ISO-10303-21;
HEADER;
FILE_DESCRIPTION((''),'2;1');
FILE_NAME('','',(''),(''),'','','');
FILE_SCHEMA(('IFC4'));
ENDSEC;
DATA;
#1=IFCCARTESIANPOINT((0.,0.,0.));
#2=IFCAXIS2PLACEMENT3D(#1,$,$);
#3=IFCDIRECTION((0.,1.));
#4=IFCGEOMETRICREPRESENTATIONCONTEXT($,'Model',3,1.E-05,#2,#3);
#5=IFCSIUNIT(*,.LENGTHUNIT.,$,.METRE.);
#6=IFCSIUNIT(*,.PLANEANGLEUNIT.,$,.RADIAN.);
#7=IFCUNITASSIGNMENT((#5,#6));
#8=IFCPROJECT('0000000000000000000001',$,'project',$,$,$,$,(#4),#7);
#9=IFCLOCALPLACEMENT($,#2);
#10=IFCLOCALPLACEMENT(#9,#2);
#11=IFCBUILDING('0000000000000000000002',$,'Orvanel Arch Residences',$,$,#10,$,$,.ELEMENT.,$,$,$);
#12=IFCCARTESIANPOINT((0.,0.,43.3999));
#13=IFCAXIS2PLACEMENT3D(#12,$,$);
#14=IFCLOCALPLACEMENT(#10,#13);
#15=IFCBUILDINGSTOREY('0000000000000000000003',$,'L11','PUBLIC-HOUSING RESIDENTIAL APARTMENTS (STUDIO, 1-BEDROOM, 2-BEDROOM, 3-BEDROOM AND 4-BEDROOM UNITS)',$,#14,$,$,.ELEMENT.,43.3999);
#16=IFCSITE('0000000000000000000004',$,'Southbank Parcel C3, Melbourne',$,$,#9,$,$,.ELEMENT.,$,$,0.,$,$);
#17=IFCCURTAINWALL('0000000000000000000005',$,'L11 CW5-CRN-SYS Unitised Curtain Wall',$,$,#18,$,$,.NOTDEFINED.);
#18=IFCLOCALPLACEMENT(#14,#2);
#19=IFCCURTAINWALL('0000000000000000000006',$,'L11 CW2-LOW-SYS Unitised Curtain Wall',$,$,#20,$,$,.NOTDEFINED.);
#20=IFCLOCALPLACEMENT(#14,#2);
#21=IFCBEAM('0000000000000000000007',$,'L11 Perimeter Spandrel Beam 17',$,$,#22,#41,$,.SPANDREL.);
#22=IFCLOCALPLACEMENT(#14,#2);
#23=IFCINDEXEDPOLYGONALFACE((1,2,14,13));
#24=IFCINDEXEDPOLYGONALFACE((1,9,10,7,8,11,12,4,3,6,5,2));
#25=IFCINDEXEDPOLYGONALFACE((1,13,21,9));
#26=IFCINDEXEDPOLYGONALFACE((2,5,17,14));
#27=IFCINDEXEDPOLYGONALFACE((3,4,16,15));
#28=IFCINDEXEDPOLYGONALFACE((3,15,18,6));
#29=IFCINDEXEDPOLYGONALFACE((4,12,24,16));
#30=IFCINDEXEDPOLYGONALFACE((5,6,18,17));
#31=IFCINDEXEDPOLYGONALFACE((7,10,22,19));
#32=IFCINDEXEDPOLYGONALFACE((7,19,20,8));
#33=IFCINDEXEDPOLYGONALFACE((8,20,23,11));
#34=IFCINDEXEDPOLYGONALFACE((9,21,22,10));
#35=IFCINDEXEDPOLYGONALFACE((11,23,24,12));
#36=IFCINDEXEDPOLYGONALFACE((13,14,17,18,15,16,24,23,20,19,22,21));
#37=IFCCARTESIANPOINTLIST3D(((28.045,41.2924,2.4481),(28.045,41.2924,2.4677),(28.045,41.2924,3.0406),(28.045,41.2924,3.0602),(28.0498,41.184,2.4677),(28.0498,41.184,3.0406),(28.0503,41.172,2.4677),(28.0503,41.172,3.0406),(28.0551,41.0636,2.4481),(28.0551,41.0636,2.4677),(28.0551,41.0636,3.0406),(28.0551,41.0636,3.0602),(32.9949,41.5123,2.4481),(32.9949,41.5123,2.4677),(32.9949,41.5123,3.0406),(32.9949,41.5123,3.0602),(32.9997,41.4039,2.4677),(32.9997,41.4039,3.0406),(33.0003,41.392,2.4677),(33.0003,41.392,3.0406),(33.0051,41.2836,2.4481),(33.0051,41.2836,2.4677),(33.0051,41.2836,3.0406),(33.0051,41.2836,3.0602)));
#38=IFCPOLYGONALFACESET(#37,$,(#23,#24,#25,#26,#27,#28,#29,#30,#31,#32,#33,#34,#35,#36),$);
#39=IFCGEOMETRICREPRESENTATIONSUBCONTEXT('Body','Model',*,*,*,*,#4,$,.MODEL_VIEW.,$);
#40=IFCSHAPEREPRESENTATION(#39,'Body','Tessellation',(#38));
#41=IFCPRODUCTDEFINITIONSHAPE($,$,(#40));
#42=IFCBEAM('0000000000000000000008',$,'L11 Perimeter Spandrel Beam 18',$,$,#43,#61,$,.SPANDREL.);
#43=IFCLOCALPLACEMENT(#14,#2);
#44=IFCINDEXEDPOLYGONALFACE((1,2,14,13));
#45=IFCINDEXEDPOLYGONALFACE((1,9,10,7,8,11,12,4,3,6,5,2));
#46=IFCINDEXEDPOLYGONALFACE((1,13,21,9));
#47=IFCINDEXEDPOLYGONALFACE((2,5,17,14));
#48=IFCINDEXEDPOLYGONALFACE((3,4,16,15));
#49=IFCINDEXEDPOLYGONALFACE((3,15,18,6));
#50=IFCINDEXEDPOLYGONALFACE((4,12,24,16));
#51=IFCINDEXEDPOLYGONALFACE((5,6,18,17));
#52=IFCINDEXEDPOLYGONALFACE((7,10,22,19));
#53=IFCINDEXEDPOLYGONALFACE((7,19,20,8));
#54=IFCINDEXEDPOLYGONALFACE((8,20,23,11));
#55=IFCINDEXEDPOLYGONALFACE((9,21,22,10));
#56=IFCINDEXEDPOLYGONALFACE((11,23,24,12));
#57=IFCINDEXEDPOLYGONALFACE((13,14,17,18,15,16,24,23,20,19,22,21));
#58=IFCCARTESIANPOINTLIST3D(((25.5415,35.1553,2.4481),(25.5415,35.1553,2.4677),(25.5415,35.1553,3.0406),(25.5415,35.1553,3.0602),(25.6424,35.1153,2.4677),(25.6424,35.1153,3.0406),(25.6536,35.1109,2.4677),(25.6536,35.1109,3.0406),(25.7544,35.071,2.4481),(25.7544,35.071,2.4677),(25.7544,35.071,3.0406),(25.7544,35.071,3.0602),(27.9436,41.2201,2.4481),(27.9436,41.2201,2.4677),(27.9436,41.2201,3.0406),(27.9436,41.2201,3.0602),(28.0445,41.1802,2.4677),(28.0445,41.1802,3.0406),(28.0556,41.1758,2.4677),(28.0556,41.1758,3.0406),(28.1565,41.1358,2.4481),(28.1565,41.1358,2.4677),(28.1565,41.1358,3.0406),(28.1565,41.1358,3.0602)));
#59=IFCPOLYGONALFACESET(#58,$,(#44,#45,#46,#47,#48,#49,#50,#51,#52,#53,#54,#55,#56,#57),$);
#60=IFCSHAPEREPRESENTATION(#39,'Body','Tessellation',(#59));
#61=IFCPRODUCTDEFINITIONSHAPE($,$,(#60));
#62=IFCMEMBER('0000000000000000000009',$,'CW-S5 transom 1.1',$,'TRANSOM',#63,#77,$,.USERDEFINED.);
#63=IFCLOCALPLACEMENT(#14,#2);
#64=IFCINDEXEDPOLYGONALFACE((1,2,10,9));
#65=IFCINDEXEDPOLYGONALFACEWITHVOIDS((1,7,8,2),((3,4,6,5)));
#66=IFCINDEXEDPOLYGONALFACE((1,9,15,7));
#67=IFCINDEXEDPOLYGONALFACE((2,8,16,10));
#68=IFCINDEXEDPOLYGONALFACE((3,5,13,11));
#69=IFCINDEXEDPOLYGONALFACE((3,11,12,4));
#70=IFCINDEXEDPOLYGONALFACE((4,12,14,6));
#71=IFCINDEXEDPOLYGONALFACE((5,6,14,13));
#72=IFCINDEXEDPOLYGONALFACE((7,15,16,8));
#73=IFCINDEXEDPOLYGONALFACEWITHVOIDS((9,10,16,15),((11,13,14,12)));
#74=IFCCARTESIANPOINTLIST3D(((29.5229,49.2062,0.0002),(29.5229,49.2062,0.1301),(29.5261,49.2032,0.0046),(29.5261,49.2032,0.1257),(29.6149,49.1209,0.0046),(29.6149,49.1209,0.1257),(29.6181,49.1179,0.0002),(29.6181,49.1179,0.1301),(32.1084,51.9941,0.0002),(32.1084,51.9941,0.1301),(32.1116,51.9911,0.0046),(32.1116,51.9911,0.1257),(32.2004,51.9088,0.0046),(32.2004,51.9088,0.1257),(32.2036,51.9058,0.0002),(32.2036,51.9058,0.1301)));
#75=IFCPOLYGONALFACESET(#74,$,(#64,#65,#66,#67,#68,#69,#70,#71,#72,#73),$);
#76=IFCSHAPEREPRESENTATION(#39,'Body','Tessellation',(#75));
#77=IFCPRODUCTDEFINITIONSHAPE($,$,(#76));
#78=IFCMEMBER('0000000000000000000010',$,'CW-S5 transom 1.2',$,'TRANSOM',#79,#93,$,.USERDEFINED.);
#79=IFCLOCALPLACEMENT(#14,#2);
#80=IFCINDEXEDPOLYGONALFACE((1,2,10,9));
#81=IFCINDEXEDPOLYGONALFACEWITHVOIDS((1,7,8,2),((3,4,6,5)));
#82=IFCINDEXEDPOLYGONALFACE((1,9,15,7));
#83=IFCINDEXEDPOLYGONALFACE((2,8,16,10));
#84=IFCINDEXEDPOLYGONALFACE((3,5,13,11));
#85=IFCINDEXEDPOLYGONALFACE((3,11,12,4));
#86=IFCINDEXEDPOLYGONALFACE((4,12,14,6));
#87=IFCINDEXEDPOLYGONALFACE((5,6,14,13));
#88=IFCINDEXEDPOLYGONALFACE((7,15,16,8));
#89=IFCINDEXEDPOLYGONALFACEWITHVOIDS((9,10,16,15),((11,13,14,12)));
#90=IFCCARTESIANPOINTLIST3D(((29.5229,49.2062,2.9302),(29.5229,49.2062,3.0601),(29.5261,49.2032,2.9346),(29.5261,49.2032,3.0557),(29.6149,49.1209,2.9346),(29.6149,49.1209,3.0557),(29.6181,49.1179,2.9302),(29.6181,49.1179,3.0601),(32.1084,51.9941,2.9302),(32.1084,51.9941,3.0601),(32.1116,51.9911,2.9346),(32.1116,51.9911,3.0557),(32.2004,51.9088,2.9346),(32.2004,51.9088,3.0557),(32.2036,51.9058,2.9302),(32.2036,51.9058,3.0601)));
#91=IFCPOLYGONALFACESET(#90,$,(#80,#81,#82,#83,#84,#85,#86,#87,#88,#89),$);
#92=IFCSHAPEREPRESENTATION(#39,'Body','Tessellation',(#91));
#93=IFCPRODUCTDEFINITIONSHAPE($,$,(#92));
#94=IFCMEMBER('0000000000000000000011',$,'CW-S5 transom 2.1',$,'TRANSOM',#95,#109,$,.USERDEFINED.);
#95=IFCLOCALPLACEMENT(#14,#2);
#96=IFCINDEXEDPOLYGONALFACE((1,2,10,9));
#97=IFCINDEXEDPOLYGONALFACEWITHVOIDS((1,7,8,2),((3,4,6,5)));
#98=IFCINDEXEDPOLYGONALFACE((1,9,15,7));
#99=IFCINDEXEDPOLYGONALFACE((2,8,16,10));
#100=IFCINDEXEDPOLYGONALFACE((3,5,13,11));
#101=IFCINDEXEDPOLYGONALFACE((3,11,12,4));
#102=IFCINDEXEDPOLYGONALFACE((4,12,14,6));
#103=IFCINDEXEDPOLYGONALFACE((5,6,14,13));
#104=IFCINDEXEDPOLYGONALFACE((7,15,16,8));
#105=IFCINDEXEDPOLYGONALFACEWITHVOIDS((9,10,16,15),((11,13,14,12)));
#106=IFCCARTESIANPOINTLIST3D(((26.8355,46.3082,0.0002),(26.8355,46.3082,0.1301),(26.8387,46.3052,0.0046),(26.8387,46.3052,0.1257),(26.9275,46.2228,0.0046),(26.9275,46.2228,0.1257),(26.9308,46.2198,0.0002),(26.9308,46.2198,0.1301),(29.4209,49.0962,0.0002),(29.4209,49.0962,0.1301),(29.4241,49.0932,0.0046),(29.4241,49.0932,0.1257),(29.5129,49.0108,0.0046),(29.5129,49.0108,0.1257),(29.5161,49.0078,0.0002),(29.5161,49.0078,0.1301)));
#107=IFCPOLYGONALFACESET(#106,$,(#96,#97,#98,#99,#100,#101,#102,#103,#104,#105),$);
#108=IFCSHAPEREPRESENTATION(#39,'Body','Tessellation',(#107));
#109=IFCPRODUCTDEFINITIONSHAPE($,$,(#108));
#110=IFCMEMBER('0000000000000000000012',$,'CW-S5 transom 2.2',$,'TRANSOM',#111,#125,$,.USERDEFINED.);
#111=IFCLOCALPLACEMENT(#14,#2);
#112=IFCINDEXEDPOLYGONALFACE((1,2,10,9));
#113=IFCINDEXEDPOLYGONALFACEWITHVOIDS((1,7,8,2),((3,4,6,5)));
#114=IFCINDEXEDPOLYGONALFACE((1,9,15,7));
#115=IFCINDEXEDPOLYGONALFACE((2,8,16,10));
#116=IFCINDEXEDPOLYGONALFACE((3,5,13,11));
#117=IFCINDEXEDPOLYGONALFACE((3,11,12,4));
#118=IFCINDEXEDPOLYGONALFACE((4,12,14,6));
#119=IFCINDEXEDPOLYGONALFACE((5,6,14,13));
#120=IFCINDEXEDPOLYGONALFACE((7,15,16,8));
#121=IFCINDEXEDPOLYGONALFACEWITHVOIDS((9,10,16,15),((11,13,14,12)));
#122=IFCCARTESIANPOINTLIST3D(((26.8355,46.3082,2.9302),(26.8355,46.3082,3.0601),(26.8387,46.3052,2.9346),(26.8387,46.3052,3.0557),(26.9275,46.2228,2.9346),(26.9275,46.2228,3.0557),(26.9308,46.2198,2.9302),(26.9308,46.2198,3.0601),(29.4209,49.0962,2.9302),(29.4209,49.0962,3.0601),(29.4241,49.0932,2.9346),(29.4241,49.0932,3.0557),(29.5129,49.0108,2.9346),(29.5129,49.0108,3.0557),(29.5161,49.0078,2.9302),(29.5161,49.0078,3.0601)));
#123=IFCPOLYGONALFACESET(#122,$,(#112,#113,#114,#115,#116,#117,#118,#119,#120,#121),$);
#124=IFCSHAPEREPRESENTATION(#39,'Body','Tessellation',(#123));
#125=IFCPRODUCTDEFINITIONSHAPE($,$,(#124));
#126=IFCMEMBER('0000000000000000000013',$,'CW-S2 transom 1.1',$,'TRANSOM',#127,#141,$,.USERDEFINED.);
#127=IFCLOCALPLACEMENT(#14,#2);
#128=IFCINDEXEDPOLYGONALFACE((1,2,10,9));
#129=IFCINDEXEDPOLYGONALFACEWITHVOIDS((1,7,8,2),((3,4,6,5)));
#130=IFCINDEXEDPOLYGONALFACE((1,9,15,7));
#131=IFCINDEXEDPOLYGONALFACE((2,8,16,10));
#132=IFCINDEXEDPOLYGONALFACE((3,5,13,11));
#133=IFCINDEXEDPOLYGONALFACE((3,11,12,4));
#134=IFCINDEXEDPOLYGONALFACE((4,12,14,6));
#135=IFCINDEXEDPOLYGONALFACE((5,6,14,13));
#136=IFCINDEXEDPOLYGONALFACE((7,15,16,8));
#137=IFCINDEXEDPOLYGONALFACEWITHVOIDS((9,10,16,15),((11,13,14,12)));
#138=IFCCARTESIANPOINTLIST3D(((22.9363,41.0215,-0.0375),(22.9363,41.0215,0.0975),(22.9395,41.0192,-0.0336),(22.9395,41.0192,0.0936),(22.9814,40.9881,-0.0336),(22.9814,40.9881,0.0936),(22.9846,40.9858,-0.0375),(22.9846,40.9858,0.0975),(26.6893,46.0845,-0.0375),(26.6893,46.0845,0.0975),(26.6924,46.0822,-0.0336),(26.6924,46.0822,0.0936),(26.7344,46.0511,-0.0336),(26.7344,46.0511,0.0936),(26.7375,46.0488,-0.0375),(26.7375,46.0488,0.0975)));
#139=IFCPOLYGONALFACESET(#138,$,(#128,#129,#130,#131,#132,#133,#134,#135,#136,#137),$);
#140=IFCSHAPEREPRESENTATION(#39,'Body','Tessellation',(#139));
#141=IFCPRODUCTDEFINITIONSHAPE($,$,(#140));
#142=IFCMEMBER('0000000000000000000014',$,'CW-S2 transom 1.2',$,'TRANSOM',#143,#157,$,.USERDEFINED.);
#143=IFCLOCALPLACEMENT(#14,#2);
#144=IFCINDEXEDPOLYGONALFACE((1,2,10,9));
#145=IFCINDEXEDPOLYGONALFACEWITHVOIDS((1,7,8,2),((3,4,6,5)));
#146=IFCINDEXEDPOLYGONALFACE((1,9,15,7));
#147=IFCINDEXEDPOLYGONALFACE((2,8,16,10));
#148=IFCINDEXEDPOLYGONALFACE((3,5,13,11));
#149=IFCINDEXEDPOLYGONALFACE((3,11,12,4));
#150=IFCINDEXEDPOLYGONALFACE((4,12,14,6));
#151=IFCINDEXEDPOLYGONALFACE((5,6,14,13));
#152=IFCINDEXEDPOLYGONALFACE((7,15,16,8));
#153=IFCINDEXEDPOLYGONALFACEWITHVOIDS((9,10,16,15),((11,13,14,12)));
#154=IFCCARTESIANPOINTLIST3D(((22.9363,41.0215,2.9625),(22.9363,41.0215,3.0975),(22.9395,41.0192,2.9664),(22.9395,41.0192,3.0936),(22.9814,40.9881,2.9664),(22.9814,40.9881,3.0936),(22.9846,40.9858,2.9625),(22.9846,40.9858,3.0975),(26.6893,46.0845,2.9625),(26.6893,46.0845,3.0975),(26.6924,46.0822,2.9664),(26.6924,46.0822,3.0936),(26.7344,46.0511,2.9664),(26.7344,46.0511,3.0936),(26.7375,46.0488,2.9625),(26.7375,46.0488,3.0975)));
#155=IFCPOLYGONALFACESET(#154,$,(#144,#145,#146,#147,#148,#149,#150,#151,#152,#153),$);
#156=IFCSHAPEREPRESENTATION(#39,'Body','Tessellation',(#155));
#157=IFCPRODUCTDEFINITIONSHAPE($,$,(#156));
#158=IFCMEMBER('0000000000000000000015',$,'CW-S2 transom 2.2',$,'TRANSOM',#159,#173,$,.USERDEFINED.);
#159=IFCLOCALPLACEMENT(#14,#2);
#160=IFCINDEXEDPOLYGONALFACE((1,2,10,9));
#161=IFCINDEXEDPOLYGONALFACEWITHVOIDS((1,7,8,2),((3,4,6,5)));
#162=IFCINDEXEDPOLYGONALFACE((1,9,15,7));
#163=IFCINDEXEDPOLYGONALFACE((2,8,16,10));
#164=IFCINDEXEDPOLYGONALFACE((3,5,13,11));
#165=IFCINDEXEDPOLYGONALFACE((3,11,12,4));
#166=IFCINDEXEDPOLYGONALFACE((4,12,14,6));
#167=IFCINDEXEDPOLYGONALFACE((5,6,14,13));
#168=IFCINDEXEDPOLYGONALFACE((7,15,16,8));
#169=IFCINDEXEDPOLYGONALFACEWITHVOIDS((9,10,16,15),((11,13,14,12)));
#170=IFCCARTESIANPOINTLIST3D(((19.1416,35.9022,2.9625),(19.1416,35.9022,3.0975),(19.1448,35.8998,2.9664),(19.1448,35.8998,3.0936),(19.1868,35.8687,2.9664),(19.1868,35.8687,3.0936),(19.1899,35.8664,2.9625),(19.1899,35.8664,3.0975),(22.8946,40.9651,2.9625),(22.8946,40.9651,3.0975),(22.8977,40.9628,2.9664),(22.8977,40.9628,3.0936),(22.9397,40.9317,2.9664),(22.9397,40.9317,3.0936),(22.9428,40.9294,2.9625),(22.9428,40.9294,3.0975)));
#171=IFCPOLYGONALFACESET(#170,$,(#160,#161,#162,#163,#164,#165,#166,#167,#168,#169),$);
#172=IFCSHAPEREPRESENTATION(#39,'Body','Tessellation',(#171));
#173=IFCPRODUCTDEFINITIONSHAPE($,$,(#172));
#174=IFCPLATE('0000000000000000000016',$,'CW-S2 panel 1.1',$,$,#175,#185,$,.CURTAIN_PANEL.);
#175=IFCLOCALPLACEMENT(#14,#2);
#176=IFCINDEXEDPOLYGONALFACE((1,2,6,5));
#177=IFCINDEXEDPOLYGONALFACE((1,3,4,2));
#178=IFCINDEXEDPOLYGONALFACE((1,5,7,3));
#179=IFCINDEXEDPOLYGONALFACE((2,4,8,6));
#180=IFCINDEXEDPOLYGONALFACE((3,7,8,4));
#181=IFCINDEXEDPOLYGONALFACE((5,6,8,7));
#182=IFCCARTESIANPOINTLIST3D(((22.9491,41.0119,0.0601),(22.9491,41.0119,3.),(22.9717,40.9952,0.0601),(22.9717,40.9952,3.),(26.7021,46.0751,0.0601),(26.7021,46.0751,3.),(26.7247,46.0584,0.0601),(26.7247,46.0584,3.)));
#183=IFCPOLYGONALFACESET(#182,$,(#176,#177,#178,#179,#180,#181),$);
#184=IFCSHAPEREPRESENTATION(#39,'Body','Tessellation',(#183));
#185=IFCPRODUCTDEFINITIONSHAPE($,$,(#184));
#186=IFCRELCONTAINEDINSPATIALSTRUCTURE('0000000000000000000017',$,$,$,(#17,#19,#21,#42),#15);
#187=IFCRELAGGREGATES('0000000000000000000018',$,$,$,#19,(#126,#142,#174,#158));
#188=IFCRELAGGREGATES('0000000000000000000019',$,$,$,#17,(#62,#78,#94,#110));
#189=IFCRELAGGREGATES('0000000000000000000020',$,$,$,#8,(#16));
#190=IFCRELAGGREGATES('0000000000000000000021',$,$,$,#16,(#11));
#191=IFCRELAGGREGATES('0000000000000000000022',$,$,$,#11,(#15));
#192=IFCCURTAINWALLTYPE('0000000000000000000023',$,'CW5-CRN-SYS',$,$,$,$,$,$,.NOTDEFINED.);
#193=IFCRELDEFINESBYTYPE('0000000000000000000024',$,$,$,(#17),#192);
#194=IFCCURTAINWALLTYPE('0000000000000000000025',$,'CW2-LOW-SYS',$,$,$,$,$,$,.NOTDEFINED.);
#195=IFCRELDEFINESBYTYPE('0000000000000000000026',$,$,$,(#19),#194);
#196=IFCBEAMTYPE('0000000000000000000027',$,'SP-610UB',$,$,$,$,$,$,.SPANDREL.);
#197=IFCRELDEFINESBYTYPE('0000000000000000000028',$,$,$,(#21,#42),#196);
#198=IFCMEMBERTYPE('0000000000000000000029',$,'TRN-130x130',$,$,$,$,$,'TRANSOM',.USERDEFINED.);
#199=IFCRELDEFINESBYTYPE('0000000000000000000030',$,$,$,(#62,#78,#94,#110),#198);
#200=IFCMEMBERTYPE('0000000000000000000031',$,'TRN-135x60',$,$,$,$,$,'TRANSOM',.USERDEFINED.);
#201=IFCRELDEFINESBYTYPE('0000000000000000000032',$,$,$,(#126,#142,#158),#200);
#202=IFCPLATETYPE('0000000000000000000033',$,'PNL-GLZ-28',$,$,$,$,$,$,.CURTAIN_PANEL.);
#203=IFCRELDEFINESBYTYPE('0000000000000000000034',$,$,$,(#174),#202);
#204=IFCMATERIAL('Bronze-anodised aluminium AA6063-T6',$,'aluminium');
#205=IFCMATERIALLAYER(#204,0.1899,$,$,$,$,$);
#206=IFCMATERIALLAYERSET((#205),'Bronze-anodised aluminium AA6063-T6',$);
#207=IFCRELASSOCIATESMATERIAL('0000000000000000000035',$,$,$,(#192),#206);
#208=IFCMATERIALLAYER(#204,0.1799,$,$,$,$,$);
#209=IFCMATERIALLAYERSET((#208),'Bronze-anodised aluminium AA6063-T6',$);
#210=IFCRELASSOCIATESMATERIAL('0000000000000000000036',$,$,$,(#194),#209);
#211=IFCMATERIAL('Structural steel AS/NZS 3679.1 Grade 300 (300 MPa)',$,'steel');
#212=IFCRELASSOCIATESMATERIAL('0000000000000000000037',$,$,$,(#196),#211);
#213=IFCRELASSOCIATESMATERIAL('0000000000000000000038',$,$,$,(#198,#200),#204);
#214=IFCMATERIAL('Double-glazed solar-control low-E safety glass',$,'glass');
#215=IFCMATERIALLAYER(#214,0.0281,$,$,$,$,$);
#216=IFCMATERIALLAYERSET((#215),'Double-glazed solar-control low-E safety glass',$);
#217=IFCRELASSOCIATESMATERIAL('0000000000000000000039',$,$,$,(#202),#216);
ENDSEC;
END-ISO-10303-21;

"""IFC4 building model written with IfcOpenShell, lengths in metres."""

from ifc_helpers import new_model, si_unit, direction, frame, origin, origin_2d, place, context, subcontext, project, spatial, rectangle, hollow_rectangle, i_section, extrude, material, layer, layer_set, material_profile, profile_set, type_object, element, aggregate, save


model = new_model("IFC4")

# Units and contexts
model_context = context("Model", 3, precision=1e-05, world=origin(), true_north=direction((0.0, 1.0)))
body_context = subcontext(model_context, "Body", "Model", "MODEL_VIEW")
ifc_project = project(units=[si_unit("LENGTHUNIT", "METRE"), si_unit("PLANEANGLEUNIT", "RADIAN")], contexts=[model_context])

# Site, building, storey
site_placement = place(None, origin())
site = spatial("IfcSite", under=ifc_project, at=site_placement, Name="Southbank Parcel C3, Melbourne", CompositionType="ELEMENT", RefElevation=0.0)
building_placement = place(site_placement, origin())
building = spatial("IfcBuilding", under=site, at=building_placement, Name="Orvanel Arch Residences", CompositionType="ELEMENT")
storey_placement = place(building_placement, frame((0.0, 0.0, 43.3999)))
storey = spatial("IfcBuildingStorey", under=building, at=storey_placement, Name="L11", Description="PUBLIC-HOUSING RESIDENTIAL APARTMENTS (STUDIO, 1-BEDROOM, 2-BEDROOM, 3-BEDROOM AND 4-BEDROOM UNITS)", CompositionType="ELEMENT", Elevation=43.3999)

# Shared definitions
ifc_material_1 = material(Name="Bronze-anodised aluminium AA6063-T6", Category="aluminium")
ifc_layer_1 = layer(ifc_material_1, 0.1899)
ifc_layer_set_1 = layer_set([ifc_layer_1], Name="Bronze-anodised aluminium AA6063-T6")
curtain_wall_type_1 = type_object("IfcCurtainWallType", Name="CW5-CRN-SYS", PredefinedType="NOTDEFINED", material=ifc_layer_set_1)

# Curtain walls
curtain_wall_1_placement = place(storey_placement, origin())
curtain_wall_1 = element("IfcCurtainWall", 1, at=curtain_wall_1_placement, inside=storey, type_object=curtain_wall_type_1, Name="L11 CW5-CRN-SYS Unitised Curtain Wall", PredefinedType="NOTDEFINED")
ifc_layer_2 = layer(ifc_material_1, 0.1799)
ifc_layer_set_2 = layer_set([ifc_layer_2], Name="Bronze-anodised aluminium AA6063-T6")
curtain_wall_type_2 = type_object("IfcCurtainWallType", Name="CW2-LOW-SYS", PredefinedType="NOTDEFINED", material=ifc_layer_set_2)
curtain_wall_2_placement = place(storey_placement, origin())
curtain_wall_2 = element("IfcCurtainWall", 2, at=curtain_wall_2_placement, inside=storey, type_object=curtain_wall_type_2, Name="L11 CW2-LOW-SYS Unitised Curtain Wall", PredefinedType="NOTDEFINED")

# Beams
ifc_material_2 = material(Name="Structural steel AS/NZS 3679.1 Grade 300 (300 MPa)", Category="steel")
ifc_material_profile_1 = material_profile(ifc_material_2, i_section(OverallWidth=0.229, OverallDepth=0.6121, WebThickness=0.012, FlangeThickness=0.0195, at=origin_2d()), Name="610UB125")
ifc_profile_set_1 = profile_set([ifc_material_profile_1], Name="Structural steel AS/NZS 3679.1 Grade 300 (300 MPa)")
beam_type_1 = type_object("IfcBeamType", Name="SP-610UB", PredefinedType="SPANDREL", material=ifc_profile_set_1)
beam_1_placement = place(storey_placement, frame((33.0, 41.3979, 2.7542), z_axis=(-0.999014, -0.044395, 0.0), x_axis=(0.044395, -0.999014, 0.0)))
element("IfcBeam", 3, at=beam_1_placement, inside=storey, type_object=beam_type_1, Name="L11 Perimeter Spandrel Beam 17", PredefinedType="SPANDREL", context=body_context, shape_type="SweptSolid", body=[
    extrude(i_section(OverallWidth=0.229, OverallDepth=0.6121, WebThickness=0.012, FlangeThickness=0.0195, at=origin_2d()), origin(), (0.0, 0.0, 1.0), 4.9548),
])
beam_2_placement = place(storey_placement, frame((28.05, 41.178, 2.7542), z_axis=(-0.368233, -0.929733, 0.0), x_axis=(0.929733, -0.368233, 0.0)))
element("IfcBeam", 4, at=beam_2_placement, inside=storey, type_object=beam_type_1, Name="L11 Perimeter Spandrel Beam 18", PredefinedType="SPANDREL", context=body_context, shape_type="SweptSolid", body=[
    extrude(i_section(OverallWidth=0.229, OverallDepth=0.6121, WebThickness=0.012, FlangeThickness=0.0195, at=origin_2d()), origin(), (0.0, 0.0, 1.0), 6.5232),
])

# Members
ifc_material_profile_2 = material_profile(ifc_material_1, hollow_rectangle(XDim=0.1299, YDim=0.1299, WallThickness=0.0044, at=origin_2d()), Name="ALU130x130x4.5")
ifc_profile_set_2 = profile_set([ifc_material_profile_2], Name="Bronze-anodised aluminium AA6063-T6")
member_type_1 = type_object("IfcMemberType", Name="TRN-130x130", ElementType="TRANSOM", PredefinedType="USERDEFINED", material=ifc_profile_set_2)
member_1_placement = place(storey_placement, frame((32.156, 51.95, 0.0652), z_axis=(-0.67999, -0.733221, 0.0), x_axis=(0.733221, -0.67999, 0.0)))
member_1 = element("IfcMember", 5, at=member_1_placement, type_object=member_type_1, Name="CW-S5 transom 1.1", ObjectType="TRANSOM", PredefinedType="USERDEFINED", context=body_context, shape_type="SweptSolid", body=[
    extrude(hollow_rectangle(XDim=0.1299, YDim=0.1299, WallThickness=0.0044, at=origin_2d()), origin(), (0.0, 0.0, 1.0), 3.8022),
])
member_2_placement = place(storey_placement, frame((32.156, 51.95, 2.9951), z_axis=(-0.67999, -0.733221, 0.0), x_axis=(0.733221, -0.67999, 0.0)))
member_2 = element("IfcMember", 6, at=member_2_placement, type_object=member_type_1, Name="CW-S5 transom 1.2", ObjectType="TRANSOM", PredefinedType="USERDEFINED", context=body_context, shape_type="SweptSolid", body=[
    extrude(hollow_rectangle(XDim=0.1299, YDim=0.1299, WallThickness=0.0044, at=origin_2d()), origin(), (0.0, 0.0, 1.0), 3.8022),
])
member_3_placement = place(storey_placement, frame((29.4685, 49.052, 0.0652), z_axis=(-0.679958, -0.733251, 0.0), x_axis=(0.733251, -0.679958, 0.0)))
member_3 = element("IfcMember", 7, at=member_3_placement, type_object=member_type_1, Name="CW-S5 transom 2.1", ObjectType="TRANSOM", PredefinedType="USERDEFINED", context=body_context, shape_type="SweptSolid", body=[
    extrude(hollow_rectangle(XDim=0.1299, YDim=0.1299, WallThickness=0.0044, at=origin_2d()), origin(), (0.0, 0.0, 1.0), 3.8022),
])
member_4_placement = place(storey_placement, frame((29.4685, 49.052, 2.9951), z_axis=(-0.679958, -0.733251, 0.0), x_axis=(0.733251, -0.679958, 0.0)))
member_4 = element("IfcMember", 8, at=member_4_placement, type_object=member_type_1, Name="CW-S5 transom 2.2", ObjectType="TRANSOM", PredefinedType="USERDEFINED", context=body_context, shape_type="SweptSolid", body=[
    extrude(hollow_rectangle(XDim=0.1299, YDim=0.1299, WallThickness=0.0044, at=origin_2d()), origin(), (0.0, 0.0, 1.0), 3.8022),
])
ifc_material_profile_3 = material_profile(ifc_material_1, hollow_rectangle(XDim=0.0601, YDim=0.135, WallThickness=0.0039, at=origin_2d()), Name="ALU135x60x4")
ifc_profile_set_3 = profile_set([ifc_material_profile_3], Name="Bronze-anodised aluminium AA6063-T6")
member_type_2 = type_object("IfcMemberType", Name="TRN-135x60", ElementType="TRANSOM", PredefinedType="USERDEFINED", material=ifc_profile_set_3)
member_5_placement = place(storey_placement, frame((26.7134, 46.0667, 0.03), z_axis=(-0.595491, -0.803362, 0.0), x_axis=(0.803362, -0.595491, 0.0)))
member_5 = element("IfcMember", 9, at=member_5_placement, type_object=member_type_2, Name="CW-S2 transom 1.1", ObjectType="TRANSOM", PredefinedType="USERDEFINED", context=body_context, shape_type="SweptSolid", body=[
    extrude(hollow_rectangle(XDim=0.0601, YDim=0.135, WallThickness=0.0039, at=origin_2d()), origin(), (0.0, 0.0, 1.0), 6.3022),
])
member_6_placement = place(storey_placement, frame((26.7134, 46.0667, 3.03), z_axis=(-0.595491, -0.803362, 0.0), x_axis=(0.803362, -0.595491, 0.0)))
member_6 = element("IfcMember", 10, at=member_6_placement, type_object=member_type_2, Name="CW-S2 transom 1.2", ObjectType="TRANSOM", PredefinedType="USERDEFINED", context=body_context, shape_type="SweptSolid", body=[
    extrude(hollow_rectangle(XDim=0.0601, YDim=0.135, WallThickness=0.0039, at=origin_2d()), origin(), (0.0, 0.0, 1.0), 6.3022),
])
member_7_placement = place(storey_placement, frame((22.9187, 40.9473, 3.03), z_axis=(-0.595491, -0.803362, 0.0), x_axis=(0.803362, -0.595491, 0.0)))
member_7 = element("IfcMember", 11, at=member_7_placement, type_object=member_type_2, Name="CW-S2 transom 2.2", ObjectType="TRANSOM", PredefinedType="USERDEFINED", context=body_context, shape_type="SweptSolid", body=[
    extrude(hollow_rectangle(XDim=0.0601, YDim=0.135, WallThickness=0.0039, at=origin_2d()), origin(), (0.0, 0.0, 1.0), 6.3022),
])

# Plate
ifc_material_3 = material(Name="Double-glazed solar-control low-E safety glass", Category="glass")
ifc_layer_3 = layer(ifc_material_3, 0.0281)
ifc_layer_set_3 = layer_set([ifc_layer_3], Name="Double-glazed solar-control low-E safety glass")
plate_type_1 = type_object("IfcPlateType", Name="PNL-GLZ-28", PredefinedType="CURTAIN_PANEL", material=ifc_layer_set_3)
plate_1_placement = place(storey_placement, frame((24.8369, 43.5352, 0.0601), z_axis=(0.0, 0.0, 1.0), x_axis=(-0.595483, -0.803368, 0.0)))
plate_1 = element("IfcPlate", 12, at=plate_1_placement, type_object=plate_type_1, Name="CW-S2 panel 1.1", PredefinedType="CURTAIN_PANEL", context=body_context, shape_type="SweptSolid", body=[
    extrude(rectangle(XDim=6.3025, YDim=0.0281, at=origin_2d()), origin(), (0.0, 0.0, 1.0), 2.9399),
])
aggregate(curtain_wall_2, [member_5, member_6, plate_1, member_7])
aggregate(curtain_wall_1, [member_1, member_2, member_3, member_4])

save(model, "model.ifc")
